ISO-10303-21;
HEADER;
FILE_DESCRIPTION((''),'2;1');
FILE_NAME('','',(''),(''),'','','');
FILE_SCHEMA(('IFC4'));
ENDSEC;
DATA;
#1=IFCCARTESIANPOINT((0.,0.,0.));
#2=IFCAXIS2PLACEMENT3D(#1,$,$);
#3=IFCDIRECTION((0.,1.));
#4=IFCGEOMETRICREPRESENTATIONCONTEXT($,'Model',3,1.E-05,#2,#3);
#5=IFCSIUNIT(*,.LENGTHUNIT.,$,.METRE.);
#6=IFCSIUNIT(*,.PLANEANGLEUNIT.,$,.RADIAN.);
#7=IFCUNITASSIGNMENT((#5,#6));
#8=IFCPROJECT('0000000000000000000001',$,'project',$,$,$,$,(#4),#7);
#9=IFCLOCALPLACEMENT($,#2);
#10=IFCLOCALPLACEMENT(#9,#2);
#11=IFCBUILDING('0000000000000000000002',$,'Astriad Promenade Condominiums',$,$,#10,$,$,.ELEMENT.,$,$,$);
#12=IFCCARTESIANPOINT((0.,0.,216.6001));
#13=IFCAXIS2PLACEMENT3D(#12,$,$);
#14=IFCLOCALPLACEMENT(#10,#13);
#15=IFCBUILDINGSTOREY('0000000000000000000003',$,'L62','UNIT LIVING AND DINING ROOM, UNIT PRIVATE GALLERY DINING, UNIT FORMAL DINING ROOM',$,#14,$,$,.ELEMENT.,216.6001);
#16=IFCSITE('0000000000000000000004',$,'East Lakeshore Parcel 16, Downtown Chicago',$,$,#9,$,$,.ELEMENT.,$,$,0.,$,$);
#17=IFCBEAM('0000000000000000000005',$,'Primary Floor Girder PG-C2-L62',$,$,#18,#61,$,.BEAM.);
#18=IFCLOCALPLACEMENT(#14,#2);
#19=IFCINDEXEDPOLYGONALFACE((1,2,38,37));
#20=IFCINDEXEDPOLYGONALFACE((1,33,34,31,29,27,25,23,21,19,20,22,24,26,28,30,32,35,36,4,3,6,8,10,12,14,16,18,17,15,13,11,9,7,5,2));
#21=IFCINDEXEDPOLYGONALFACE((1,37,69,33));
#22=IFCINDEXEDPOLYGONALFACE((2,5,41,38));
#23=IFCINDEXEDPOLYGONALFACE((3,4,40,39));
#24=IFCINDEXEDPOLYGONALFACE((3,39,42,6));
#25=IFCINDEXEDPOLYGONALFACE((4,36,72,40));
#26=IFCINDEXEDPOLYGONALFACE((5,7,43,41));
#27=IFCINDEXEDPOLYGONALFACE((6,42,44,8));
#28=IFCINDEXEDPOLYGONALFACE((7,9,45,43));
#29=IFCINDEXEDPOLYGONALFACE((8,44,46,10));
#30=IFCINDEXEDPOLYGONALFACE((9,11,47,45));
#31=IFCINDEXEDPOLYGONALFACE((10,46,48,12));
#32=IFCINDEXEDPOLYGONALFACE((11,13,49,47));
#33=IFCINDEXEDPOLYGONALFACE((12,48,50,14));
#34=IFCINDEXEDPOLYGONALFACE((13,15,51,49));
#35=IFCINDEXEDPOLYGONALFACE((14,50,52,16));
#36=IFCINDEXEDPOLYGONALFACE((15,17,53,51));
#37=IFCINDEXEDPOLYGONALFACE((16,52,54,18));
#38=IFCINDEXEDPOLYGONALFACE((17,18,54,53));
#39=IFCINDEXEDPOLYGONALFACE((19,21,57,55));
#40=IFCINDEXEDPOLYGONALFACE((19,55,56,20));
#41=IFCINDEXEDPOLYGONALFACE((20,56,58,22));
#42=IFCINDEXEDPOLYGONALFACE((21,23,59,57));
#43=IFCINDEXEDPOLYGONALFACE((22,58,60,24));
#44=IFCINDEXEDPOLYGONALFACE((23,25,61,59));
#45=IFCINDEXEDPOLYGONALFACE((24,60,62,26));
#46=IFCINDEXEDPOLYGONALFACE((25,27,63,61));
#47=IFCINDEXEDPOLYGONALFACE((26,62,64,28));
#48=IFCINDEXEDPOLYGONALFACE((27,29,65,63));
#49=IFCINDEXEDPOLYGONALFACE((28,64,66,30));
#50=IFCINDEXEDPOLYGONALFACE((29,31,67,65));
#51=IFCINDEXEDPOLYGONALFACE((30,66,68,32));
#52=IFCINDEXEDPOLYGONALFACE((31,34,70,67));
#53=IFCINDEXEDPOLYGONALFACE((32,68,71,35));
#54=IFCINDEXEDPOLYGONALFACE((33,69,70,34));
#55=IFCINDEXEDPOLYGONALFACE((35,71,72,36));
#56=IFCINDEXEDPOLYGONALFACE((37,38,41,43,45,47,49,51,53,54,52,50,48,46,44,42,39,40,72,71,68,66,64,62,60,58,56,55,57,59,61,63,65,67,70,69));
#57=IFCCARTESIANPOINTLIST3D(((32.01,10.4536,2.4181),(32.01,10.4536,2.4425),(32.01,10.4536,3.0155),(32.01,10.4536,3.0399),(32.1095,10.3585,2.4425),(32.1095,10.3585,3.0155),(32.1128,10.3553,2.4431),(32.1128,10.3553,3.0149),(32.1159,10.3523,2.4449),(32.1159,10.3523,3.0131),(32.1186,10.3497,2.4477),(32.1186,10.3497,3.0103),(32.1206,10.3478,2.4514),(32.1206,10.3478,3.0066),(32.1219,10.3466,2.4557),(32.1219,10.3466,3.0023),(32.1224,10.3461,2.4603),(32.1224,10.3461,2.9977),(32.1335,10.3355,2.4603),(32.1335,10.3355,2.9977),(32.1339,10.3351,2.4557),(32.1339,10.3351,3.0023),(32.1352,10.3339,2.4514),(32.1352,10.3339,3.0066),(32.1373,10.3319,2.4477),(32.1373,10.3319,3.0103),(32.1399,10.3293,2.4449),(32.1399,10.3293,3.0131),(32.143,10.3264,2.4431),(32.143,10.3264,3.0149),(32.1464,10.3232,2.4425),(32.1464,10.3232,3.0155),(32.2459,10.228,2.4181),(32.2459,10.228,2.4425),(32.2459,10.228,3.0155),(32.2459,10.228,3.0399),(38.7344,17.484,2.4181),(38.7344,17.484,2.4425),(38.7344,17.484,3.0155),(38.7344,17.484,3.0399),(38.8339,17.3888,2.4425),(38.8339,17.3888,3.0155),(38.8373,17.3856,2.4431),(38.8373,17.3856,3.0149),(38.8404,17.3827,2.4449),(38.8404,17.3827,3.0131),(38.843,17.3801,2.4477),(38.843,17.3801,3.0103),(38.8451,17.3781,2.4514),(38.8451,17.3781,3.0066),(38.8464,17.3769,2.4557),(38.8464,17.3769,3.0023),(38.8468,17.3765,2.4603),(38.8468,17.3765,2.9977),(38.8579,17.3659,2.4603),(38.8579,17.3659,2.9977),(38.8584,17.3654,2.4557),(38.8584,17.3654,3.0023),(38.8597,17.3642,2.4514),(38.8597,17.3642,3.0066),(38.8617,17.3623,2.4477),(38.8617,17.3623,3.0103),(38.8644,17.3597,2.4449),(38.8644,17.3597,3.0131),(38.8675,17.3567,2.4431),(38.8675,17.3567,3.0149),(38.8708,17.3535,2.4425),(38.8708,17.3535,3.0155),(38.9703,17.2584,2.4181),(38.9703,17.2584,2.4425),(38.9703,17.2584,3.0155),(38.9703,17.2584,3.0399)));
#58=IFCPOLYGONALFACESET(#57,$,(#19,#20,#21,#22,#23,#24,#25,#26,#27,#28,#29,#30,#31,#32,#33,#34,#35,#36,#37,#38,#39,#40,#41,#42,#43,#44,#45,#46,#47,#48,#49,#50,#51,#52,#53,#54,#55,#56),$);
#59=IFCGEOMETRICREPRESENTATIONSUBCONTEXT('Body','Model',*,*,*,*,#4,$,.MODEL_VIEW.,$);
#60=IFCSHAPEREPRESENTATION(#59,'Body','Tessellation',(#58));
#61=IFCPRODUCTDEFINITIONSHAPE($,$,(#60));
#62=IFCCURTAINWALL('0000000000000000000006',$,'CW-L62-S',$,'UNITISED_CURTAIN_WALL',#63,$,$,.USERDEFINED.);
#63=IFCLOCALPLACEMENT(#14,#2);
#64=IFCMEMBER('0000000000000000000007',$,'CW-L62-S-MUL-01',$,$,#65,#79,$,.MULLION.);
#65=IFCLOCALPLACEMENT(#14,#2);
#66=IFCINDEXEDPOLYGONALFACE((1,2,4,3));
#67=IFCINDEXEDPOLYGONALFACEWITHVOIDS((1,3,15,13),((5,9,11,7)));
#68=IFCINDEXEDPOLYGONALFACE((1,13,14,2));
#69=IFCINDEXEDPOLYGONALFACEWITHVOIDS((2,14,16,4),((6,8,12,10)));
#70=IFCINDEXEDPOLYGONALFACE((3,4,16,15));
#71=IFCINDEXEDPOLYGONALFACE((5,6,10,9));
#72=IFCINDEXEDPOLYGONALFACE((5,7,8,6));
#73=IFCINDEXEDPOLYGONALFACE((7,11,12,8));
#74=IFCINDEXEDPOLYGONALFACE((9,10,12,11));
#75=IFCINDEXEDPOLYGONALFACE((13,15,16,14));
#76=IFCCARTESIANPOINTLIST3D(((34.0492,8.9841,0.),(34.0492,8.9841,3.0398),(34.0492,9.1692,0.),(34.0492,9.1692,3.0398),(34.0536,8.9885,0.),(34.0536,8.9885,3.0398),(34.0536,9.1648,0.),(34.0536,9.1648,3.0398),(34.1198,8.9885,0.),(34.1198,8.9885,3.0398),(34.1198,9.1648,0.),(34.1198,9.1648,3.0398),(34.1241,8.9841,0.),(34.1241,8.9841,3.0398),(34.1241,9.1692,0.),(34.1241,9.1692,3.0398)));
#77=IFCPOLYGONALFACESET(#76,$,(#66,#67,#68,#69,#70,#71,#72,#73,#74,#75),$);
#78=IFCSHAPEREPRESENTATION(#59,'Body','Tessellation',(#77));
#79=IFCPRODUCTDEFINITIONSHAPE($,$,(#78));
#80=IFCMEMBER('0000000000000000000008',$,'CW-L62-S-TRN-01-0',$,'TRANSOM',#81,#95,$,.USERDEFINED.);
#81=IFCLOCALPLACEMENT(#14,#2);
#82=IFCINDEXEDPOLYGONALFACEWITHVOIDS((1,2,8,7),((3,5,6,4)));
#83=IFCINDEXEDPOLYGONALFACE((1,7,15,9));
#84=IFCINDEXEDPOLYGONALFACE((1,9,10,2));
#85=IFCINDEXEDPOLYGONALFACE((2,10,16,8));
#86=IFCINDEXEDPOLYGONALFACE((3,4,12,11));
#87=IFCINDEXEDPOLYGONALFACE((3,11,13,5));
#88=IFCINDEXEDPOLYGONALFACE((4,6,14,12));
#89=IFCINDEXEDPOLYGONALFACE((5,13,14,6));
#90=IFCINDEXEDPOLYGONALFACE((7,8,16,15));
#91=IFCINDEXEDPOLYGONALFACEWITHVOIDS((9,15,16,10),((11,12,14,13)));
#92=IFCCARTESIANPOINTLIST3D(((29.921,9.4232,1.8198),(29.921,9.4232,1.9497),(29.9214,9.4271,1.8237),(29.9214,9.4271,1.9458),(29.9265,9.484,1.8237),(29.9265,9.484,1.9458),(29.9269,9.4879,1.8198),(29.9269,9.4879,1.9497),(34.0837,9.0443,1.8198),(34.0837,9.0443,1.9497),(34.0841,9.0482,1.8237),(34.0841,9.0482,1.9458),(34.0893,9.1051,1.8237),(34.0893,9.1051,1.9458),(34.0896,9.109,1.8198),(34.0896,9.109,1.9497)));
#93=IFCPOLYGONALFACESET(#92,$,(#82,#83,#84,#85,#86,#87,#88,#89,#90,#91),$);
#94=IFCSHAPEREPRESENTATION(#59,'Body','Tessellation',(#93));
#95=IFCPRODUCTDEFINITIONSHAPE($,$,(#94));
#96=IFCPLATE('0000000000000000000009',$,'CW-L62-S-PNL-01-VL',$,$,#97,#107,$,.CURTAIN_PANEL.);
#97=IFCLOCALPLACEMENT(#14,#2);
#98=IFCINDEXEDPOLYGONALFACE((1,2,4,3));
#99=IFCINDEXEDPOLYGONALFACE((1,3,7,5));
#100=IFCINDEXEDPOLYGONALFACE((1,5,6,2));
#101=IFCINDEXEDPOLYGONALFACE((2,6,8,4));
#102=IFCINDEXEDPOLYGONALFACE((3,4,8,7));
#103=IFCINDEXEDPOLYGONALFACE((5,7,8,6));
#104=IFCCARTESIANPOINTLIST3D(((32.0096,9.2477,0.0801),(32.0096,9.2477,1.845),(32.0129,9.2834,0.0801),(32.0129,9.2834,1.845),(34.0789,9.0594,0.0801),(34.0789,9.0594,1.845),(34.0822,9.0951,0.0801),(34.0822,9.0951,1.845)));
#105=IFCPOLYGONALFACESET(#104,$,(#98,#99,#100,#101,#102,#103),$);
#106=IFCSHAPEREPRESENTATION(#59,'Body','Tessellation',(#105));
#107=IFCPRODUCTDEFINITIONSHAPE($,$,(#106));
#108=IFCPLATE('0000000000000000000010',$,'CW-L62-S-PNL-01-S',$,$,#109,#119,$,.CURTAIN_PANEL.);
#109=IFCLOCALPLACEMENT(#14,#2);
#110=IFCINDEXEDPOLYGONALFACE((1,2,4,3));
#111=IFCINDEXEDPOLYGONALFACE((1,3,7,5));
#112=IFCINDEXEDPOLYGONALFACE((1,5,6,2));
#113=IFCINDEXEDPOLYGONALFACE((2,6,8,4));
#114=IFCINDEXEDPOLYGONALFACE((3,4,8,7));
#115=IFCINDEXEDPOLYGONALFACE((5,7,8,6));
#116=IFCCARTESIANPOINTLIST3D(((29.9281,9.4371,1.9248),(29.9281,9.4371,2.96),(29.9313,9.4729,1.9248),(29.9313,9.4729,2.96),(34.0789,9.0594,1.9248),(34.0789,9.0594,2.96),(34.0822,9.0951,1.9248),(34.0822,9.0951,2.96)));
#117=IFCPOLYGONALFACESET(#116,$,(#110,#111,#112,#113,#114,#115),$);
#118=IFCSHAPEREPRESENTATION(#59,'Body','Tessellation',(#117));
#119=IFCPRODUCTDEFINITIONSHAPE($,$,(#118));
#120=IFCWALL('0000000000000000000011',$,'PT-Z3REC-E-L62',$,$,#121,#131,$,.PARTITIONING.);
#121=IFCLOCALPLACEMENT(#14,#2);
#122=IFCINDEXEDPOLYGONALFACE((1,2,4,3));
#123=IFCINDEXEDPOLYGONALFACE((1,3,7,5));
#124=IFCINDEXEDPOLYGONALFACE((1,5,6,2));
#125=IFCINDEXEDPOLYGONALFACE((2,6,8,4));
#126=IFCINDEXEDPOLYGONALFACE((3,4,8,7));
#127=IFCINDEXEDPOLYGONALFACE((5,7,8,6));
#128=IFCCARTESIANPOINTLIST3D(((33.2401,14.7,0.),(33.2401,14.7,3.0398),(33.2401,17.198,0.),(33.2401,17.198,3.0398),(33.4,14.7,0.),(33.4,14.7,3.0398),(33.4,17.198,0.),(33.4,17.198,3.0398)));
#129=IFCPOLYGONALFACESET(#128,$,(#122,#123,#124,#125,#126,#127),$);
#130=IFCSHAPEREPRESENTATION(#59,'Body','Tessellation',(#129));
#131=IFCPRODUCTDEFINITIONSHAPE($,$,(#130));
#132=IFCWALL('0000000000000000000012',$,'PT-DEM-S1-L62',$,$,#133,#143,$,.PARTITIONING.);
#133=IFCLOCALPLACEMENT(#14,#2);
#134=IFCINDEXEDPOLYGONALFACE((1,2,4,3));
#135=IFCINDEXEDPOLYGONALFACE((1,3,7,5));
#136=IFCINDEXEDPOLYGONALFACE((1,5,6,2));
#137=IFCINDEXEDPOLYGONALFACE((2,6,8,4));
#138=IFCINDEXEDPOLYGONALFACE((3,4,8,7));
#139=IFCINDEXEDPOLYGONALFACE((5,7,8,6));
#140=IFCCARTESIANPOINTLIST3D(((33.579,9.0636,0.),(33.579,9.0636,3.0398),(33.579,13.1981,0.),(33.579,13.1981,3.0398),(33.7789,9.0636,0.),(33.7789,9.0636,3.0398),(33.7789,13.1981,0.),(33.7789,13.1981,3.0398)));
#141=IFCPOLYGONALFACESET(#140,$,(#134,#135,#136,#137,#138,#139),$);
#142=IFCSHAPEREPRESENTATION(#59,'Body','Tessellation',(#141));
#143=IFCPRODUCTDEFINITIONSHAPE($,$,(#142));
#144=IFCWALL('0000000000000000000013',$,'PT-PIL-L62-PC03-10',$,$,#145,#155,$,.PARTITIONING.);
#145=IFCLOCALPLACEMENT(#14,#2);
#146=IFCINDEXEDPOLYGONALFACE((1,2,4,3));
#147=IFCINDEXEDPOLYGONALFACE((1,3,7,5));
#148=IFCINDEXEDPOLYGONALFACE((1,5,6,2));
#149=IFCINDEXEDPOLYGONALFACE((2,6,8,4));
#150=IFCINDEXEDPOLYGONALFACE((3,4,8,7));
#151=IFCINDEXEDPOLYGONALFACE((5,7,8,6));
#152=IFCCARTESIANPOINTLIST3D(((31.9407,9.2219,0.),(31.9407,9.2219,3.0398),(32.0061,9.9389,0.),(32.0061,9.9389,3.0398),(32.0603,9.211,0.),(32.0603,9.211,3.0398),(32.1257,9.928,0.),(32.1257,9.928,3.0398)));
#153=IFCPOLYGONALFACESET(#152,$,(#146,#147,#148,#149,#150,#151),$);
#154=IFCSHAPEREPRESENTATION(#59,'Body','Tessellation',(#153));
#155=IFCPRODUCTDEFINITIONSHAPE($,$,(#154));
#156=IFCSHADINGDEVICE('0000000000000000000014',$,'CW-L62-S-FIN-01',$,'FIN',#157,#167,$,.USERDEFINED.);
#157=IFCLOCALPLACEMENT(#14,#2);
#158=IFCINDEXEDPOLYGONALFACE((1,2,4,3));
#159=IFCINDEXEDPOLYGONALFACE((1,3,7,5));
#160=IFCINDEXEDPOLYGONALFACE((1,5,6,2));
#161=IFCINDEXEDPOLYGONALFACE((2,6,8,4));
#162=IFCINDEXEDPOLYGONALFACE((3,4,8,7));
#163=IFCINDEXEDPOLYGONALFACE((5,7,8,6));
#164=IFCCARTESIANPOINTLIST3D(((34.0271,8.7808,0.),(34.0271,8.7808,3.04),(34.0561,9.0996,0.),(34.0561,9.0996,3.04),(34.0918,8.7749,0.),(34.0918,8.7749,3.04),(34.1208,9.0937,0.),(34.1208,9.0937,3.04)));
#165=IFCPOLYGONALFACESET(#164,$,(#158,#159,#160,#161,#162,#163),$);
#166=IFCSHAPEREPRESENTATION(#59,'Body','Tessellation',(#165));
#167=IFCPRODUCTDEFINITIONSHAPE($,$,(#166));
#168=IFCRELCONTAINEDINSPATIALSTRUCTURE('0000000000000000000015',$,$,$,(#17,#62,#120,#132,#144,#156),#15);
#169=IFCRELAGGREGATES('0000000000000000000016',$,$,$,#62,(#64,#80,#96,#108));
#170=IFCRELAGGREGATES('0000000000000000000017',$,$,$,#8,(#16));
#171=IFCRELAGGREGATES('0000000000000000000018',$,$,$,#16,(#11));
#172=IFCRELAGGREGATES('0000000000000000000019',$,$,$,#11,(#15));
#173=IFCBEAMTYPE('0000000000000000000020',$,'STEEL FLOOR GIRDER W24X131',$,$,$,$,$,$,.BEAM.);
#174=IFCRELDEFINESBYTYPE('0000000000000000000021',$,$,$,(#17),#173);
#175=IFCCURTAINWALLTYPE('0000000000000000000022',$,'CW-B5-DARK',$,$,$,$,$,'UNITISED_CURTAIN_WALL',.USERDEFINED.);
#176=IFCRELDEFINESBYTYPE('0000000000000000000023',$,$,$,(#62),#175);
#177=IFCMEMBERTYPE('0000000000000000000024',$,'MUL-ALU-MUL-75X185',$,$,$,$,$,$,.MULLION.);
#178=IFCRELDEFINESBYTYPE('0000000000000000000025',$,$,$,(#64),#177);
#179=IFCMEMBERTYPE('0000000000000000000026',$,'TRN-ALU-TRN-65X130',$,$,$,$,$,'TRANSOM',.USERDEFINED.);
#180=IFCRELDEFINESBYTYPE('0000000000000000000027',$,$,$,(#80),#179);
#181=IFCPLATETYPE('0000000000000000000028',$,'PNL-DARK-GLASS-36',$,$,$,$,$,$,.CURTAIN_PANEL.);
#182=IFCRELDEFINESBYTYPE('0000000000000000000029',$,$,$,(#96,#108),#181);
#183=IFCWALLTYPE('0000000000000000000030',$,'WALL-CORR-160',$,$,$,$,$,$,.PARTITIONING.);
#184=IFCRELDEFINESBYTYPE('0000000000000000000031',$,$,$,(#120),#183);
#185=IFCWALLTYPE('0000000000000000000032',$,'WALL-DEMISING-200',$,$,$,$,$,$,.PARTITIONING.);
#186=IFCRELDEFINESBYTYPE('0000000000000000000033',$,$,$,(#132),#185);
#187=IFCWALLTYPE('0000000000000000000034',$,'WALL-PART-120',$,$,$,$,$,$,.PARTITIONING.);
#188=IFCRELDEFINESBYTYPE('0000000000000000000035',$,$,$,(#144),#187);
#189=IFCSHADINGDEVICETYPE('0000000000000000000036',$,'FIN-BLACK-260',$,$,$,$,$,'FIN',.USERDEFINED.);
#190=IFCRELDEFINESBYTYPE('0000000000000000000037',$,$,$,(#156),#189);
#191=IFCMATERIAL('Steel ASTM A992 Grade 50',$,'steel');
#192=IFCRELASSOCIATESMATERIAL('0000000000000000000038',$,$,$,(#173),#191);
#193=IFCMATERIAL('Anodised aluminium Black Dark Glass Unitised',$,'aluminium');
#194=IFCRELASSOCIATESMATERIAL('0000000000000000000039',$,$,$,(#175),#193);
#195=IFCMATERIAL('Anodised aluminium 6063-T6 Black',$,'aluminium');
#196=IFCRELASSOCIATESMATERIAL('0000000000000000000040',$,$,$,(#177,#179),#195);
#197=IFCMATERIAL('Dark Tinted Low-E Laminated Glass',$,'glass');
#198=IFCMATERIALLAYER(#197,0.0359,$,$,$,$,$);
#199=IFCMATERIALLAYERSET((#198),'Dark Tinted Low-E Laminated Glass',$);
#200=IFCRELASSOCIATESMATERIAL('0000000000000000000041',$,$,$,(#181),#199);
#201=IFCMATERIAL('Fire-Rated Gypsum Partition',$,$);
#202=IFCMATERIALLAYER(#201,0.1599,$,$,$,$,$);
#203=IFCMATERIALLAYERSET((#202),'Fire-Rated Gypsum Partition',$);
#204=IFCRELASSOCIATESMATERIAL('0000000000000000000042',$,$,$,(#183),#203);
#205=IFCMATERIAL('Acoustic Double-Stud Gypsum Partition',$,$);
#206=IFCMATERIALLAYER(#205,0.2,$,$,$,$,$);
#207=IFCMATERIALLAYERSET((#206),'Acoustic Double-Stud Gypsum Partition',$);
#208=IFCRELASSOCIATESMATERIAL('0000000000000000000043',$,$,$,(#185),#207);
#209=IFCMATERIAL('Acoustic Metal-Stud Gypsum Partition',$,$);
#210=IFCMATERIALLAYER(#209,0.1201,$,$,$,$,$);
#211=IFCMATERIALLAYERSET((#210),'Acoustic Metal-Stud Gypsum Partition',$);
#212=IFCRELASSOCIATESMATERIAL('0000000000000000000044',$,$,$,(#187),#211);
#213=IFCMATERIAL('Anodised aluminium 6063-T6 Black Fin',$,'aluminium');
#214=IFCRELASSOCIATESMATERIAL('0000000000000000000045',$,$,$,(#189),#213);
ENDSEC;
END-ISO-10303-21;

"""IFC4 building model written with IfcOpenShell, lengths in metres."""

from ifc_helpers import new_model, si_unit, direction, frame, frame_2d, origin, origin_2d, place, context, subcontext, project, spatial, rectangle, hollow_rectangle, i_section, extrude, source, transform, mapped, material, layer, layer_set, material_profile, profile_set, type_object, type_shapes, element, aggregate, save


model = new_model("IFC4")

# Units and contexts
model_context = context("Model", 3, precision=1e-05, world=origin(), true_north=direction((0.0, 1.0)))
body_context = subcontext(model_context, "Body", "Model", "MODEL_VIEW")
ifc_project = project(units=[si_unit("LENGTHUNIT", "METRE"), si_unit("PLANEANGLEUNIT", "RADIAN")], contexts=[model_context])

# Site, building, storey
site_placement = place(None, origin())
site = spatial("IfcSite", under=ifc_project, at=site_placement, Name="East Lakeshore Parcel 16, Downtown Chicago", CompositionType="ELEMENT", RefElevation=0.0)
building_placement = place(site_placement, origin())
building = spatial("IfcBuilding", under=site, at=building_placement, Name="Astriad Promenade Condominiums", CompositionType="ELEMENT")
storey_placement = place(building_placement, frame((0.0, 0.0, 216.6001)))
storey = spatial("IfcBuildingStorey", under=building, at=storey_placement, Name="L62", Description="UNIT LIVING AND DINING ROOM, UNIT PRIVATE GALLERY DINING, UNIT FORMAL DINING ROOM", CompositionType="ELEMENT", Elevation=216.6001)

# Shared definitions
ifc_material_1 = material(Name="Steel ASTM A992 Grade 50", Category="steel")

# Beam
ifc_material_profile_1 = material_profile(ifc_material_1, i_section(OverallWidth=0.3264, OverallDepth=0.6218, WebThickness=0.0154, FlangeThickness=0.0244, FilletRadius=0.0178, at=origin_2d()), Name="W24X131")
ifc_profile_set_1 = profile_set([ifc_material_profile_1], Name="Steel ASTM A992 Grade 50")
beam_type_1 = type_object("IfcBeamType", Name="STEEL FLOOR GIRDER W24X131", PredefinedType="BEAM", material=ifc_profile_set_1)
shared_shape_1 = source(origin(), body_context, "Body", "SweptSolid", [
    extrude(i_section(OverallWidth=0.3264, OverallDepth=0.6218, WebThickness=0.0154, FlangeThickness=0.0244, FilletRadius=0.0178, at=origin_2d()), origin(), (0.0, 0.0, 1.0), 9.7285),
])
beam_1_placement = place(storey_placement, frame((32.1279, 10.3408, 2.729), z_axis=(0.69121, 0.722654, 0.0), x_axis=(-0.722654, 0.69121, 0.0)))
element("IfcBeam", 1, at=beam_1_placement, inside=storey, type_object=beam_type_1, Name="Primary Floor Girder PG-C2-L62", PredefinedType="BEAM", context=body_context, shape_type="MappedRepresentation", body=[
    mapped(shared_shape_1, transform((0.0, 0.0, 0.0), scale=1.0)),
])

# Curtain wall, members, plates
ifc_material_2 = material(Name="Anodised aluminium Black Dark Glass Unitised", Category="aluminium")
curtain_wall_type = type_object("IfcCurtainWallType", Name="CW-B5-DARK", ElementType="UNITISED_CURTAIN_WALL", PredefinedType="USERDEFINED", material=ifc_material_2)
curtain_wall_placement = place(storey_placement, origin())
curtain_wall = element("IfcCurtainWall", 2, at=curtain_wall_placement, inside=storey, type_object=curtain_wall_type, Name="CW-L62-S", ObjectType="UNITISED_CURTAIN_WALL", PredefinedType="USERDEFINED")
ifc_material_3 = material(Name="Anodised aluminium 6063-T6 Black", Category="aluminium")
ifc_material_profile_2 = material_profile(ifc_material_3, hollow_rectangle(XDim=0.075, YDim=0.1851, WallThickness=0.0044, at=origin_2d()), Name="ALU-MUL-75X185")
ifc_profile_set_2 = profile_set([ifc_material_profile_2], Name="Anodised aluminium 6063-T6 Black")
member_type_1 = type_object("IfcMemberType", Name="MUL-ALU-MUL-75X185", PredefinedType="MULLION", material=ifc_profile_set_2)
shared_shape_2 = source(origin(), body_context, "Body", "SweptSolid", [
    extrude(hollow_rectangle(XDim=0.075, YDim=0.1851, WallThickness=0.0044, at=origin_2d()), origin(), (0.0, 0.0, 1.0), 3.0398),
])
type_shapes(member_type_1, [shared_shape_2])
member_1_placement = place(storey_placement, frame((34.0867, 9.0767, 0.0), z_axis=(0.0, 0.0, 1.0), x_axis=(1.0, 0.0, 0.0)))
member_1 = element("IfcMember", 3, at=member_1_placement, type_object=member_type_1, Name="CW-L62-S-MUL-01", PredefinedType="MULLION", context=body_context, shape_type="MappedRepresentation", body=[
    mapped(shared_shape_2, transform((0.0, 0.0, 0.0), scale=1.0)),
])
ifc_material_profile_3 = material_profile(ifc_material_3, hollow_rectangle(XDim=0.0649, YDim=0.1299, WallThickness=0.0039, at=origin_2d()), Name="ALU-TRN-65X130")
ifc_profile_set_3 = profile_set([ifc_material_profile_3], Name="Anodised aluminium 6063-T6 Black")
member_type_2 = type_object("IfcMemberType", Name="TRN-ALU-TRN-65X130", ElementType="TRANSOM", PredefinedType="USERDEFINED", material=ifc_profile_set_3)
shared_shape_3 = source(origin(), body_context, "Body", "SweptSolid", [
    extrude(hollow_rectangle(XDim=0.0649, YDim=0.1299, WallThickness=0.0039, at=origin_2d()), origin(), (0.0, 0.0, 1.0), 4.1799),
])
type_shapes(member_type_2, [shared_shape_3])
member_2_placement = place(storey_placement, frame((34.0867, 9.0767, 1.8848), z_axis=(-0.995883, 0.090646, 0.0), x_axis=(-0.090646, -0.995883, 0.0)))
member_2 = element("IfcMember", 4, at=member_2_placement, type_object=member_type_2, Name="CW-L62-S-TRN-01-0", ObjectType="TRANSOM", PredefinedType="USERDEFINED", context=body_context, shape_type="MappedRepresentation", body=[
    mapped(shared_shape_3, transform((0.0, 0.0, 0.0), scale=1.0)),
])
ifc_material_4 = material(Name="Dark Tinted Low-E Laminated Glass", Category="glass")
ifc_layer_1 = layer(ifc_material_4, 0.0359)
ifc_layer_set_1 = layer_set([ifc_layer_1], Name="Dark Tinted Low-E Laminated Glass")
plate_type = type_object("IfcPlateType", Name="PNL-DARK-GLASS-36", PredefinedType="CURTAIN_PANEL", material=ifc_layer_set_1)
shared_shape_4 = source(origin(), body_context, "Body", "SweptSolid", [
    extrude(rectangle(XDim=2.0779, YDim=0.0359, at=origin_2d()), origin(), (0.0, 0.0, 1.0), 1.7649),
])
plate_1_placement = place(storey_placement, frame((33.0459, 9.1714, 0.0801), z_axis=(0.0, 0.0, 1.0), x_axis=(-0.995884, 0.090633, 0.0)))
plate_1 = element("IfcPlate", 5, at=plate_1_placement, type_object=plate_type, Name="CW-L62-S-PNL-01-VL", PredefinedType="CURTAIN_PANEL", context=body_context, shape_type="MappedRepresentation", body=[
    mapped(shared_shape_4, transform((0.0, 0.0, 0.0), scale=1.0)),
])
shared_shape_5 = source(origin(), body_context, "Body", "SweptSolid", [
    extrude(rectangle(XDim=4.168, YDim=0.0359, at=origin_2d()), origin(), (0.0, 0.0, 1.0), 1.0352),
])
type_shapes(plate_type, [shared_shape_4, shared_shape_5])
plate_2_placement = place(storey_placement, frame((32.0051, 9.2661, 1.9248), z_axis=(0.0, 0.0, 1.0), x_axis=(-0.995884, 0.090633, 0.0)))
plate_2 = element("IfcPlate", 6, at=plate_2_placement, type_object=plate_type, Name="CW-L62-S-PNL-01-S", PredefinedType="CURTAIN_PANEL", context=body_context, shape_type="MappedRepresentation", body=[
    mapped(shared_shape_5, transform((0.0, 0.0, 0.0), scale=1.0)),
])
aggregate(curtain_wall, [member_1, member_2, plate_1, plate_2])

# Walls
ifc_material_5 = material(Name="Fire-Rated Gypsum Partition")
ifc_layer_2 = layer(ifc_material_5, 0.1599)
ifc_layer_set_2 = layer_set([ifc_layer_2], Name="Fire-Rated Gypsum Partition")
wall_type_1 = type_object("IfcWallType", Name="WALL-CORR-160", PredefinedType="PARTITIONING", material=ifc_layer_set_2)
wall_1_placement = place(storey_placement, frame((33.3201, 14.7, 0.0), z_axis=(0.0, 0.0, 1.0), x_axis=(0.0, 1.0, 0.0)))
element("IfcWall", 7, at=wall_1_placement, inside=storey, type_object=wall_type_1, Name="PT-Z3REC-E-L62", PredefinedType="PARTITIONING", context=body_context, shape_type="SweptSolid", body=[
    extrude(rectangle(XDim=2.498, YDim=0.1599, at=frame_2d((1.249, 0.0))), origin(), (0.0, 0.0, 1.0), 3.0398),
])
ifc_material_6 = material(Name="Acoustic Double-Stud Gypsum Partition")
ifc_layer_3 = layer(ifc_material_6, 0.2)
ifc_layer_set_3 = layer_set([ifc_layer_3], Name="Acoustic Double-Stud Gypsum Partition")
wall_type_2 = type_object("IfcWallType", Name="WALL-DEMISING-200", PredefinedType="PARTITIONING", material=ifc_layer_set_3)
wall_2_placement = place(storey_placement, frame((33.679, 9.0635, 0.0), z_axis=(0.0, 0.0, 1.0), x_axis=(0.0, 1.0, 0.0)))
element("IfcWall", 8, at=wall_2_placement, inside=storey, type_object=wall_type_2, Name="PT-DEM-S1-L62", PredefinedType="PARTITIONING", context=body_context, shape_type="SweptSolid", body=[
    extrude(rectangle(XDim=4.1345, YDim=0.2, at=frame_2d((2.0674, 0.0))), origin(), (0.0, 0.0, 1.0), 3.0398),
])
ifc_material_7 = material(Name="Acoustic Metal-Stud Gypsum Partition")
ifc_layer_4 = layer(ifc_material_7, 0.1201)
ifc_layer_set_4 = layer_set([ifc_layer_4], Name="Acoustic Metal-Stud Gypsum Partition")
wall_type_3 = type_object("IfcWallType", Name="WALL-PART-120", PredefinedType="PARTITIONING", material=ifc_layer_set_4)
wall_3_placement = place(storey_placement, frame((32.0659, 9.9333, 0.0), z_axis=(0.0, 0.0, 1.0), x_axis=(-0.090872, -0.995863, 0.0)))
element("IfcWall", 9, at=wall_3_placement, inside=storey, type_object=wall_type_3, Name="PT-PIL-L62-PC03-10", PredefinedType="PARTITIONING", context=body_context, shape_type="SweptSolid", body=[
    extrude(rectangle(XDim=0.72, YDim=0.1201, at=frame_2d((0.3599, 0.0))), origin(), (0.0, 0.0, 1.0), 3.0398),
])

# Shading device
ifc_material_8 = material(Name="Anodised aluminium 6063-T6 Black Fin", Category="aluminium")
shading_device_type = type_object("IfcShadingDeviceType", Name="FIN-BLACK-260", ElementType="FIN", PredefinedType="USERDEFINED", material=ifc_material_8)
shared_shape_6 = source(origin(), body_context, "Body", "SweptSolid", [
    extrude(rectangle(XDim=0.0649, YDim=0.3201, at=origin_2d()), origin(), (0.0, 0.0, 1.0), 3.04),
])
type_shapes(shading_device_type, [shared_shape_6])
shading_device_placement = place(storey_placement, frame((34.074, 8.9373, 0.0), z_axis=(0.0, 0.0, 1.0), x_axis=(-0.995884, 0.090633, 0.0)))
element("IfcShadingDevice", 10, at=shading_device_placement, inside=storey, type_object=shading_device_type, Name="CW-L62-S-FIN-01", ObjectType="FIN", PredefinedType="USERDEFINED", context=body_context, shape_type="MappedRepresentation", body=[
    mapped(shared_shape_6, transform((0.0, 0.0, 0.0), scale=1.0)),
])

save(model, "model.ifc")
